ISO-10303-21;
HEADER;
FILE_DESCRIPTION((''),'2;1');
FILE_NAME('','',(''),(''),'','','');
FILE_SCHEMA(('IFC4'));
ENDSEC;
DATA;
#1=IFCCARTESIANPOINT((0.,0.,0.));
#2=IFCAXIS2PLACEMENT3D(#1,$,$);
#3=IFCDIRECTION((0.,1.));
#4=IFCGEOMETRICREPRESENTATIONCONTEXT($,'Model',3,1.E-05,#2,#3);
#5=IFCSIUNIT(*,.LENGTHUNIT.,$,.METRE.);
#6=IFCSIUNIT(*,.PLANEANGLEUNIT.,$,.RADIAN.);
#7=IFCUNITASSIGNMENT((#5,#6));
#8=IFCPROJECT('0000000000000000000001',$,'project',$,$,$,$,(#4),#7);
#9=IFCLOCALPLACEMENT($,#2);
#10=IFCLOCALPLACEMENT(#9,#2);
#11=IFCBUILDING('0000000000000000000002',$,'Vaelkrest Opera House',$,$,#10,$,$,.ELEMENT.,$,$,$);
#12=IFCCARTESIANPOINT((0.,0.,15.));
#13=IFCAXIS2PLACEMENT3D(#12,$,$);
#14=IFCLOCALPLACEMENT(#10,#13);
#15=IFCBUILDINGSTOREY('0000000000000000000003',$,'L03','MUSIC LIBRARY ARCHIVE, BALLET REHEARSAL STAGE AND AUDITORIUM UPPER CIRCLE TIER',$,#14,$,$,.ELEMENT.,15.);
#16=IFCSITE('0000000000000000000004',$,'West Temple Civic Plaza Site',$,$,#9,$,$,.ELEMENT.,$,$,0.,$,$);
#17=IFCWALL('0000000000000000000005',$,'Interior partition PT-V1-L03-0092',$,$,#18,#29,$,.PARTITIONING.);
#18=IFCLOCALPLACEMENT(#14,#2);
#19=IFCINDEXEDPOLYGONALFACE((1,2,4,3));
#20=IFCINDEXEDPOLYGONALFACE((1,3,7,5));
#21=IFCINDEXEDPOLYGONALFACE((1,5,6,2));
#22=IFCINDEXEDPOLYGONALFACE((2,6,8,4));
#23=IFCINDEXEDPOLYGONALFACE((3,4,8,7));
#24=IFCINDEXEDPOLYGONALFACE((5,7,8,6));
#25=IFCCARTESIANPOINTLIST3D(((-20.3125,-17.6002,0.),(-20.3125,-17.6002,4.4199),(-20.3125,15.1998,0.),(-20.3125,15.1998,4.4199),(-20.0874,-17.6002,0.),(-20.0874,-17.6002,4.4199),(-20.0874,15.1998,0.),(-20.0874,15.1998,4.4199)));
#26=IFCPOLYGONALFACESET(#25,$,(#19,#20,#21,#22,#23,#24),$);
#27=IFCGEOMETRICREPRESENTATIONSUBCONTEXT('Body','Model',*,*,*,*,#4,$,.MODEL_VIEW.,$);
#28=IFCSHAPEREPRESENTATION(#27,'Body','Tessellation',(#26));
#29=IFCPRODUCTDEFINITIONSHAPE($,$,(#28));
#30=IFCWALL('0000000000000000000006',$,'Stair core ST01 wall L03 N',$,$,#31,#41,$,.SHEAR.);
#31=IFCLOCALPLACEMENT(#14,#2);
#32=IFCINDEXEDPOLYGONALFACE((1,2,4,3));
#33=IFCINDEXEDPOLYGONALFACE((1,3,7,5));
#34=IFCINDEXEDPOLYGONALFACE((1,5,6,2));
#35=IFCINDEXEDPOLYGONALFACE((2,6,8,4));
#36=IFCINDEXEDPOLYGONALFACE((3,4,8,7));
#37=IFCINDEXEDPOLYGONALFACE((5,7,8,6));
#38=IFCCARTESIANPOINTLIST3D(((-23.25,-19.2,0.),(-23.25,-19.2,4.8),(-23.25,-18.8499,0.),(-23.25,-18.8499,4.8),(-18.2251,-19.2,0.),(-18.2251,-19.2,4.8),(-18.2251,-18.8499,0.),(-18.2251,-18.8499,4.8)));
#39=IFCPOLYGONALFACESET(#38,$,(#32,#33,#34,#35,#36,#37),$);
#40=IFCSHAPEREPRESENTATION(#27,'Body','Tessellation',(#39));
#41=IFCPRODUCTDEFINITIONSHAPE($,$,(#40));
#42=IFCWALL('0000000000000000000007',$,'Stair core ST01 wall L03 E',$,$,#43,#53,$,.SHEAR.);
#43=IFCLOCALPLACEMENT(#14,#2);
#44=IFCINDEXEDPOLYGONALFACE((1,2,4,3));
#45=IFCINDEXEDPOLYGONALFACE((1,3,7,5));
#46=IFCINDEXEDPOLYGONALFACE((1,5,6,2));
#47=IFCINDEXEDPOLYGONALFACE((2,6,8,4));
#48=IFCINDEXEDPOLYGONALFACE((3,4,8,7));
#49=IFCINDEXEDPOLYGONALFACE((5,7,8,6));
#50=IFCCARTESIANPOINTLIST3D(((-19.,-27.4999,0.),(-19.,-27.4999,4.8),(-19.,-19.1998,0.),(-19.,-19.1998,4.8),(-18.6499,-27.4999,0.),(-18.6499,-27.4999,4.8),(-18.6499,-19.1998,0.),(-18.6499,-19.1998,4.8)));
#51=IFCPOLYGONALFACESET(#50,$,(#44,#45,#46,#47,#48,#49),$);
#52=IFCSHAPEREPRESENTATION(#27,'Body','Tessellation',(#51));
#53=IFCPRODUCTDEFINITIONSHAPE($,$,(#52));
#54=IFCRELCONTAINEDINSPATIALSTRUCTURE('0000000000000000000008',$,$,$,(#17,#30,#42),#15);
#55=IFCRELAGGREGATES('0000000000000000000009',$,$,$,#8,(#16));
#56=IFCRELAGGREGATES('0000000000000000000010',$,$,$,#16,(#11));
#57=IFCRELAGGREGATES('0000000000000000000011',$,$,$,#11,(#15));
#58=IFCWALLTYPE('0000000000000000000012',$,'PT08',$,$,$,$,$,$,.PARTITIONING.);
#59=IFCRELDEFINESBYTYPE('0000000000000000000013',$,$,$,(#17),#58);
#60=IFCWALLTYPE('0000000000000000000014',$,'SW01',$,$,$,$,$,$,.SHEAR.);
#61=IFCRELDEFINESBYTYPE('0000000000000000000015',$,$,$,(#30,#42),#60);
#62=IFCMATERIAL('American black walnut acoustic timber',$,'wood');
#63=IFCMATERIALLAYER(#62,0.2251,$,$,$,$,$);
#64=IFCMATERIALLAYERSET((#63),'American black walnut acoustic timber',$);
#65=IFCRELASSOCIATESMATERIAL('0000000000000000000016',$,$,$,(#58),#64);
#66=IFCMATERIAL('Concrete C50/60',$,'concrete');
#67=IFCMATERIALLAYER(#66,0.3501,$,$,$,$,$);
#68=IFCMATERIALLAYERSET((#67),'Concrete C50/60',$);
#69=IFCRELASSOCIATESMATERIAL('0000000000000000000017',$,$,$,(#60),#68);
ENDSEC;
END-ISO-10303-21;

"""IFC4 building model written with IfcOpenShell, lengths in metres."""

from ifc_helpers import new_model, si_unit, direction, frame, frame_2d, origin, place, context, subcontext, project, spatial, rectangle, extrude, material, layer, layer_set, type_object, element, save


model = new_model("IFC4")

# Units and contexts
model_context = context("Model", 3, precision=1e-05, world=origin(), true_north=direction((0.0, 1.0)))
body_context = subcontext(model_context, "Body", "Model", "MODEL_VIEW")
ifc_project = project(units=[si_unit("LENGTHUNIT", "METRE"), si_unit("PLANEANGLEUNIT", "RADIAN")], contexts=[model_context])

# Site, building, storey
site_placement = place(None, origin())
site = spatial("IfcSite", under=ifc_project, at=site_placement, Name="West Temple Civic Plaza Site", CompositionType="ELEMENT", RefElevation=0.0)
building_placement = place(site_placement, origin())
building = spatial("IfcBuilding", under=site, at=building_placement, Name="Vaelkrest Opera House", CompositionType="ELEMENT")
storey_placement = place(building_placement, frame((0.0, 0.0, 15.0)))
storey = spatial("IfcBuildingStorey", under=building, at=storey_placement, Name="L03", Description="MUSIC LIBRARY ARCHIVE, BALLET REHEARSAL STAGE AND AUDITORIUM UPPER CIRCLE TIER", CompositionType="ELEMENT", Elevation=15.0)

# Shared definitions
ifc_material_1 = material(Name="Concrete C50/60", Category="concrete")

# Shared definitions
ifc_material_2 = material(Name="American black walnut acoustic timber", Category="wood")

# Walls
ifc_layer_1 = layer(ifc_material_2, 0.2251)
ifc_layer_set_1 = layer_set([ifc_layer_1], Name="American black walnut acoustic timber")
wall_type_1 = type_object("IfcWallType", Name="PT08", PredefinedType="PARTITIONING", material=ifc_layer_set_1)
wall_1_placement = place(storey_placement, frame((-20.2, -17.6001, 0.0), z_axis=(0.0, 0.0, 1.0), x_axis=(0.0, 1.0, 0.0)))
element("IfcWall", 1, at=wall_1_placement, inside=storey, type_object=wall_type_1, Name="Interior partition PT-V1-L03-0092", PredefinedType="PARTITIONING", context=body_context, shape_type="SweptSolid", body=[
    extrude(rectangle(XDim=32.8, YDim=0.2251, at=frame_2d((16.3999, 0.0))), origin(), (0.0, 0.0, 1.0), 4.4199),
])
ifc_layer_2 = layer(ifc_material_1, 0.3501)
ifc_layer_set_2 = layer_set([ifc_layer_2], Name="Concrete C50/60")
wall_type_2 = type_object("IfcWallType", Name="SW01", PredefinedType="SHEAR", material=ifc_layer_set_2)
wall_2_placement = place(storey_placement, frame((-23.25, -19.0249, 0.0), z_axis=(0.0, 0.0, 1.0), x_axis=(1.0, 0.0, 0.0)))
element("IfcWall", 2, at=wall_2_placement, inside=storey, type_object=wall_type_2, Name="Stair core ST01 wall L03 N", PredefinedType="SHEAR", context=body_context, shape_type="SweptSolid", body=[
    extrude(rectangle(XDim=5.0249, YDim=0.3501, at=frame_2d((2.5125, 0.0))), origin(), (0.0, 0.0, 1.0), 4.8),
])
wall_3_placement = place(storey_placement, frame((-18.825, -19.2, 0.0), z_axis=(0.0, 0.0, 1.0), x_axis=(0.0, -1.0, 0.0)))
element("IfcWall", 3, at=wall_3_placement, inside=storey, type_object=wall_type_2, Name="Stair core ST01 wall L03 E", PredefinedType="SHEAR", context=body_context, shape_type="SweptSolid", body=[
    extrude(rectangle(XDim=8.3, YDim=0.3501, at=frame_2d((4.1499, 0.0))), origin(), (0.0, 0.0, 1.0), 4.8),
])

save(model, "model.ifc")
